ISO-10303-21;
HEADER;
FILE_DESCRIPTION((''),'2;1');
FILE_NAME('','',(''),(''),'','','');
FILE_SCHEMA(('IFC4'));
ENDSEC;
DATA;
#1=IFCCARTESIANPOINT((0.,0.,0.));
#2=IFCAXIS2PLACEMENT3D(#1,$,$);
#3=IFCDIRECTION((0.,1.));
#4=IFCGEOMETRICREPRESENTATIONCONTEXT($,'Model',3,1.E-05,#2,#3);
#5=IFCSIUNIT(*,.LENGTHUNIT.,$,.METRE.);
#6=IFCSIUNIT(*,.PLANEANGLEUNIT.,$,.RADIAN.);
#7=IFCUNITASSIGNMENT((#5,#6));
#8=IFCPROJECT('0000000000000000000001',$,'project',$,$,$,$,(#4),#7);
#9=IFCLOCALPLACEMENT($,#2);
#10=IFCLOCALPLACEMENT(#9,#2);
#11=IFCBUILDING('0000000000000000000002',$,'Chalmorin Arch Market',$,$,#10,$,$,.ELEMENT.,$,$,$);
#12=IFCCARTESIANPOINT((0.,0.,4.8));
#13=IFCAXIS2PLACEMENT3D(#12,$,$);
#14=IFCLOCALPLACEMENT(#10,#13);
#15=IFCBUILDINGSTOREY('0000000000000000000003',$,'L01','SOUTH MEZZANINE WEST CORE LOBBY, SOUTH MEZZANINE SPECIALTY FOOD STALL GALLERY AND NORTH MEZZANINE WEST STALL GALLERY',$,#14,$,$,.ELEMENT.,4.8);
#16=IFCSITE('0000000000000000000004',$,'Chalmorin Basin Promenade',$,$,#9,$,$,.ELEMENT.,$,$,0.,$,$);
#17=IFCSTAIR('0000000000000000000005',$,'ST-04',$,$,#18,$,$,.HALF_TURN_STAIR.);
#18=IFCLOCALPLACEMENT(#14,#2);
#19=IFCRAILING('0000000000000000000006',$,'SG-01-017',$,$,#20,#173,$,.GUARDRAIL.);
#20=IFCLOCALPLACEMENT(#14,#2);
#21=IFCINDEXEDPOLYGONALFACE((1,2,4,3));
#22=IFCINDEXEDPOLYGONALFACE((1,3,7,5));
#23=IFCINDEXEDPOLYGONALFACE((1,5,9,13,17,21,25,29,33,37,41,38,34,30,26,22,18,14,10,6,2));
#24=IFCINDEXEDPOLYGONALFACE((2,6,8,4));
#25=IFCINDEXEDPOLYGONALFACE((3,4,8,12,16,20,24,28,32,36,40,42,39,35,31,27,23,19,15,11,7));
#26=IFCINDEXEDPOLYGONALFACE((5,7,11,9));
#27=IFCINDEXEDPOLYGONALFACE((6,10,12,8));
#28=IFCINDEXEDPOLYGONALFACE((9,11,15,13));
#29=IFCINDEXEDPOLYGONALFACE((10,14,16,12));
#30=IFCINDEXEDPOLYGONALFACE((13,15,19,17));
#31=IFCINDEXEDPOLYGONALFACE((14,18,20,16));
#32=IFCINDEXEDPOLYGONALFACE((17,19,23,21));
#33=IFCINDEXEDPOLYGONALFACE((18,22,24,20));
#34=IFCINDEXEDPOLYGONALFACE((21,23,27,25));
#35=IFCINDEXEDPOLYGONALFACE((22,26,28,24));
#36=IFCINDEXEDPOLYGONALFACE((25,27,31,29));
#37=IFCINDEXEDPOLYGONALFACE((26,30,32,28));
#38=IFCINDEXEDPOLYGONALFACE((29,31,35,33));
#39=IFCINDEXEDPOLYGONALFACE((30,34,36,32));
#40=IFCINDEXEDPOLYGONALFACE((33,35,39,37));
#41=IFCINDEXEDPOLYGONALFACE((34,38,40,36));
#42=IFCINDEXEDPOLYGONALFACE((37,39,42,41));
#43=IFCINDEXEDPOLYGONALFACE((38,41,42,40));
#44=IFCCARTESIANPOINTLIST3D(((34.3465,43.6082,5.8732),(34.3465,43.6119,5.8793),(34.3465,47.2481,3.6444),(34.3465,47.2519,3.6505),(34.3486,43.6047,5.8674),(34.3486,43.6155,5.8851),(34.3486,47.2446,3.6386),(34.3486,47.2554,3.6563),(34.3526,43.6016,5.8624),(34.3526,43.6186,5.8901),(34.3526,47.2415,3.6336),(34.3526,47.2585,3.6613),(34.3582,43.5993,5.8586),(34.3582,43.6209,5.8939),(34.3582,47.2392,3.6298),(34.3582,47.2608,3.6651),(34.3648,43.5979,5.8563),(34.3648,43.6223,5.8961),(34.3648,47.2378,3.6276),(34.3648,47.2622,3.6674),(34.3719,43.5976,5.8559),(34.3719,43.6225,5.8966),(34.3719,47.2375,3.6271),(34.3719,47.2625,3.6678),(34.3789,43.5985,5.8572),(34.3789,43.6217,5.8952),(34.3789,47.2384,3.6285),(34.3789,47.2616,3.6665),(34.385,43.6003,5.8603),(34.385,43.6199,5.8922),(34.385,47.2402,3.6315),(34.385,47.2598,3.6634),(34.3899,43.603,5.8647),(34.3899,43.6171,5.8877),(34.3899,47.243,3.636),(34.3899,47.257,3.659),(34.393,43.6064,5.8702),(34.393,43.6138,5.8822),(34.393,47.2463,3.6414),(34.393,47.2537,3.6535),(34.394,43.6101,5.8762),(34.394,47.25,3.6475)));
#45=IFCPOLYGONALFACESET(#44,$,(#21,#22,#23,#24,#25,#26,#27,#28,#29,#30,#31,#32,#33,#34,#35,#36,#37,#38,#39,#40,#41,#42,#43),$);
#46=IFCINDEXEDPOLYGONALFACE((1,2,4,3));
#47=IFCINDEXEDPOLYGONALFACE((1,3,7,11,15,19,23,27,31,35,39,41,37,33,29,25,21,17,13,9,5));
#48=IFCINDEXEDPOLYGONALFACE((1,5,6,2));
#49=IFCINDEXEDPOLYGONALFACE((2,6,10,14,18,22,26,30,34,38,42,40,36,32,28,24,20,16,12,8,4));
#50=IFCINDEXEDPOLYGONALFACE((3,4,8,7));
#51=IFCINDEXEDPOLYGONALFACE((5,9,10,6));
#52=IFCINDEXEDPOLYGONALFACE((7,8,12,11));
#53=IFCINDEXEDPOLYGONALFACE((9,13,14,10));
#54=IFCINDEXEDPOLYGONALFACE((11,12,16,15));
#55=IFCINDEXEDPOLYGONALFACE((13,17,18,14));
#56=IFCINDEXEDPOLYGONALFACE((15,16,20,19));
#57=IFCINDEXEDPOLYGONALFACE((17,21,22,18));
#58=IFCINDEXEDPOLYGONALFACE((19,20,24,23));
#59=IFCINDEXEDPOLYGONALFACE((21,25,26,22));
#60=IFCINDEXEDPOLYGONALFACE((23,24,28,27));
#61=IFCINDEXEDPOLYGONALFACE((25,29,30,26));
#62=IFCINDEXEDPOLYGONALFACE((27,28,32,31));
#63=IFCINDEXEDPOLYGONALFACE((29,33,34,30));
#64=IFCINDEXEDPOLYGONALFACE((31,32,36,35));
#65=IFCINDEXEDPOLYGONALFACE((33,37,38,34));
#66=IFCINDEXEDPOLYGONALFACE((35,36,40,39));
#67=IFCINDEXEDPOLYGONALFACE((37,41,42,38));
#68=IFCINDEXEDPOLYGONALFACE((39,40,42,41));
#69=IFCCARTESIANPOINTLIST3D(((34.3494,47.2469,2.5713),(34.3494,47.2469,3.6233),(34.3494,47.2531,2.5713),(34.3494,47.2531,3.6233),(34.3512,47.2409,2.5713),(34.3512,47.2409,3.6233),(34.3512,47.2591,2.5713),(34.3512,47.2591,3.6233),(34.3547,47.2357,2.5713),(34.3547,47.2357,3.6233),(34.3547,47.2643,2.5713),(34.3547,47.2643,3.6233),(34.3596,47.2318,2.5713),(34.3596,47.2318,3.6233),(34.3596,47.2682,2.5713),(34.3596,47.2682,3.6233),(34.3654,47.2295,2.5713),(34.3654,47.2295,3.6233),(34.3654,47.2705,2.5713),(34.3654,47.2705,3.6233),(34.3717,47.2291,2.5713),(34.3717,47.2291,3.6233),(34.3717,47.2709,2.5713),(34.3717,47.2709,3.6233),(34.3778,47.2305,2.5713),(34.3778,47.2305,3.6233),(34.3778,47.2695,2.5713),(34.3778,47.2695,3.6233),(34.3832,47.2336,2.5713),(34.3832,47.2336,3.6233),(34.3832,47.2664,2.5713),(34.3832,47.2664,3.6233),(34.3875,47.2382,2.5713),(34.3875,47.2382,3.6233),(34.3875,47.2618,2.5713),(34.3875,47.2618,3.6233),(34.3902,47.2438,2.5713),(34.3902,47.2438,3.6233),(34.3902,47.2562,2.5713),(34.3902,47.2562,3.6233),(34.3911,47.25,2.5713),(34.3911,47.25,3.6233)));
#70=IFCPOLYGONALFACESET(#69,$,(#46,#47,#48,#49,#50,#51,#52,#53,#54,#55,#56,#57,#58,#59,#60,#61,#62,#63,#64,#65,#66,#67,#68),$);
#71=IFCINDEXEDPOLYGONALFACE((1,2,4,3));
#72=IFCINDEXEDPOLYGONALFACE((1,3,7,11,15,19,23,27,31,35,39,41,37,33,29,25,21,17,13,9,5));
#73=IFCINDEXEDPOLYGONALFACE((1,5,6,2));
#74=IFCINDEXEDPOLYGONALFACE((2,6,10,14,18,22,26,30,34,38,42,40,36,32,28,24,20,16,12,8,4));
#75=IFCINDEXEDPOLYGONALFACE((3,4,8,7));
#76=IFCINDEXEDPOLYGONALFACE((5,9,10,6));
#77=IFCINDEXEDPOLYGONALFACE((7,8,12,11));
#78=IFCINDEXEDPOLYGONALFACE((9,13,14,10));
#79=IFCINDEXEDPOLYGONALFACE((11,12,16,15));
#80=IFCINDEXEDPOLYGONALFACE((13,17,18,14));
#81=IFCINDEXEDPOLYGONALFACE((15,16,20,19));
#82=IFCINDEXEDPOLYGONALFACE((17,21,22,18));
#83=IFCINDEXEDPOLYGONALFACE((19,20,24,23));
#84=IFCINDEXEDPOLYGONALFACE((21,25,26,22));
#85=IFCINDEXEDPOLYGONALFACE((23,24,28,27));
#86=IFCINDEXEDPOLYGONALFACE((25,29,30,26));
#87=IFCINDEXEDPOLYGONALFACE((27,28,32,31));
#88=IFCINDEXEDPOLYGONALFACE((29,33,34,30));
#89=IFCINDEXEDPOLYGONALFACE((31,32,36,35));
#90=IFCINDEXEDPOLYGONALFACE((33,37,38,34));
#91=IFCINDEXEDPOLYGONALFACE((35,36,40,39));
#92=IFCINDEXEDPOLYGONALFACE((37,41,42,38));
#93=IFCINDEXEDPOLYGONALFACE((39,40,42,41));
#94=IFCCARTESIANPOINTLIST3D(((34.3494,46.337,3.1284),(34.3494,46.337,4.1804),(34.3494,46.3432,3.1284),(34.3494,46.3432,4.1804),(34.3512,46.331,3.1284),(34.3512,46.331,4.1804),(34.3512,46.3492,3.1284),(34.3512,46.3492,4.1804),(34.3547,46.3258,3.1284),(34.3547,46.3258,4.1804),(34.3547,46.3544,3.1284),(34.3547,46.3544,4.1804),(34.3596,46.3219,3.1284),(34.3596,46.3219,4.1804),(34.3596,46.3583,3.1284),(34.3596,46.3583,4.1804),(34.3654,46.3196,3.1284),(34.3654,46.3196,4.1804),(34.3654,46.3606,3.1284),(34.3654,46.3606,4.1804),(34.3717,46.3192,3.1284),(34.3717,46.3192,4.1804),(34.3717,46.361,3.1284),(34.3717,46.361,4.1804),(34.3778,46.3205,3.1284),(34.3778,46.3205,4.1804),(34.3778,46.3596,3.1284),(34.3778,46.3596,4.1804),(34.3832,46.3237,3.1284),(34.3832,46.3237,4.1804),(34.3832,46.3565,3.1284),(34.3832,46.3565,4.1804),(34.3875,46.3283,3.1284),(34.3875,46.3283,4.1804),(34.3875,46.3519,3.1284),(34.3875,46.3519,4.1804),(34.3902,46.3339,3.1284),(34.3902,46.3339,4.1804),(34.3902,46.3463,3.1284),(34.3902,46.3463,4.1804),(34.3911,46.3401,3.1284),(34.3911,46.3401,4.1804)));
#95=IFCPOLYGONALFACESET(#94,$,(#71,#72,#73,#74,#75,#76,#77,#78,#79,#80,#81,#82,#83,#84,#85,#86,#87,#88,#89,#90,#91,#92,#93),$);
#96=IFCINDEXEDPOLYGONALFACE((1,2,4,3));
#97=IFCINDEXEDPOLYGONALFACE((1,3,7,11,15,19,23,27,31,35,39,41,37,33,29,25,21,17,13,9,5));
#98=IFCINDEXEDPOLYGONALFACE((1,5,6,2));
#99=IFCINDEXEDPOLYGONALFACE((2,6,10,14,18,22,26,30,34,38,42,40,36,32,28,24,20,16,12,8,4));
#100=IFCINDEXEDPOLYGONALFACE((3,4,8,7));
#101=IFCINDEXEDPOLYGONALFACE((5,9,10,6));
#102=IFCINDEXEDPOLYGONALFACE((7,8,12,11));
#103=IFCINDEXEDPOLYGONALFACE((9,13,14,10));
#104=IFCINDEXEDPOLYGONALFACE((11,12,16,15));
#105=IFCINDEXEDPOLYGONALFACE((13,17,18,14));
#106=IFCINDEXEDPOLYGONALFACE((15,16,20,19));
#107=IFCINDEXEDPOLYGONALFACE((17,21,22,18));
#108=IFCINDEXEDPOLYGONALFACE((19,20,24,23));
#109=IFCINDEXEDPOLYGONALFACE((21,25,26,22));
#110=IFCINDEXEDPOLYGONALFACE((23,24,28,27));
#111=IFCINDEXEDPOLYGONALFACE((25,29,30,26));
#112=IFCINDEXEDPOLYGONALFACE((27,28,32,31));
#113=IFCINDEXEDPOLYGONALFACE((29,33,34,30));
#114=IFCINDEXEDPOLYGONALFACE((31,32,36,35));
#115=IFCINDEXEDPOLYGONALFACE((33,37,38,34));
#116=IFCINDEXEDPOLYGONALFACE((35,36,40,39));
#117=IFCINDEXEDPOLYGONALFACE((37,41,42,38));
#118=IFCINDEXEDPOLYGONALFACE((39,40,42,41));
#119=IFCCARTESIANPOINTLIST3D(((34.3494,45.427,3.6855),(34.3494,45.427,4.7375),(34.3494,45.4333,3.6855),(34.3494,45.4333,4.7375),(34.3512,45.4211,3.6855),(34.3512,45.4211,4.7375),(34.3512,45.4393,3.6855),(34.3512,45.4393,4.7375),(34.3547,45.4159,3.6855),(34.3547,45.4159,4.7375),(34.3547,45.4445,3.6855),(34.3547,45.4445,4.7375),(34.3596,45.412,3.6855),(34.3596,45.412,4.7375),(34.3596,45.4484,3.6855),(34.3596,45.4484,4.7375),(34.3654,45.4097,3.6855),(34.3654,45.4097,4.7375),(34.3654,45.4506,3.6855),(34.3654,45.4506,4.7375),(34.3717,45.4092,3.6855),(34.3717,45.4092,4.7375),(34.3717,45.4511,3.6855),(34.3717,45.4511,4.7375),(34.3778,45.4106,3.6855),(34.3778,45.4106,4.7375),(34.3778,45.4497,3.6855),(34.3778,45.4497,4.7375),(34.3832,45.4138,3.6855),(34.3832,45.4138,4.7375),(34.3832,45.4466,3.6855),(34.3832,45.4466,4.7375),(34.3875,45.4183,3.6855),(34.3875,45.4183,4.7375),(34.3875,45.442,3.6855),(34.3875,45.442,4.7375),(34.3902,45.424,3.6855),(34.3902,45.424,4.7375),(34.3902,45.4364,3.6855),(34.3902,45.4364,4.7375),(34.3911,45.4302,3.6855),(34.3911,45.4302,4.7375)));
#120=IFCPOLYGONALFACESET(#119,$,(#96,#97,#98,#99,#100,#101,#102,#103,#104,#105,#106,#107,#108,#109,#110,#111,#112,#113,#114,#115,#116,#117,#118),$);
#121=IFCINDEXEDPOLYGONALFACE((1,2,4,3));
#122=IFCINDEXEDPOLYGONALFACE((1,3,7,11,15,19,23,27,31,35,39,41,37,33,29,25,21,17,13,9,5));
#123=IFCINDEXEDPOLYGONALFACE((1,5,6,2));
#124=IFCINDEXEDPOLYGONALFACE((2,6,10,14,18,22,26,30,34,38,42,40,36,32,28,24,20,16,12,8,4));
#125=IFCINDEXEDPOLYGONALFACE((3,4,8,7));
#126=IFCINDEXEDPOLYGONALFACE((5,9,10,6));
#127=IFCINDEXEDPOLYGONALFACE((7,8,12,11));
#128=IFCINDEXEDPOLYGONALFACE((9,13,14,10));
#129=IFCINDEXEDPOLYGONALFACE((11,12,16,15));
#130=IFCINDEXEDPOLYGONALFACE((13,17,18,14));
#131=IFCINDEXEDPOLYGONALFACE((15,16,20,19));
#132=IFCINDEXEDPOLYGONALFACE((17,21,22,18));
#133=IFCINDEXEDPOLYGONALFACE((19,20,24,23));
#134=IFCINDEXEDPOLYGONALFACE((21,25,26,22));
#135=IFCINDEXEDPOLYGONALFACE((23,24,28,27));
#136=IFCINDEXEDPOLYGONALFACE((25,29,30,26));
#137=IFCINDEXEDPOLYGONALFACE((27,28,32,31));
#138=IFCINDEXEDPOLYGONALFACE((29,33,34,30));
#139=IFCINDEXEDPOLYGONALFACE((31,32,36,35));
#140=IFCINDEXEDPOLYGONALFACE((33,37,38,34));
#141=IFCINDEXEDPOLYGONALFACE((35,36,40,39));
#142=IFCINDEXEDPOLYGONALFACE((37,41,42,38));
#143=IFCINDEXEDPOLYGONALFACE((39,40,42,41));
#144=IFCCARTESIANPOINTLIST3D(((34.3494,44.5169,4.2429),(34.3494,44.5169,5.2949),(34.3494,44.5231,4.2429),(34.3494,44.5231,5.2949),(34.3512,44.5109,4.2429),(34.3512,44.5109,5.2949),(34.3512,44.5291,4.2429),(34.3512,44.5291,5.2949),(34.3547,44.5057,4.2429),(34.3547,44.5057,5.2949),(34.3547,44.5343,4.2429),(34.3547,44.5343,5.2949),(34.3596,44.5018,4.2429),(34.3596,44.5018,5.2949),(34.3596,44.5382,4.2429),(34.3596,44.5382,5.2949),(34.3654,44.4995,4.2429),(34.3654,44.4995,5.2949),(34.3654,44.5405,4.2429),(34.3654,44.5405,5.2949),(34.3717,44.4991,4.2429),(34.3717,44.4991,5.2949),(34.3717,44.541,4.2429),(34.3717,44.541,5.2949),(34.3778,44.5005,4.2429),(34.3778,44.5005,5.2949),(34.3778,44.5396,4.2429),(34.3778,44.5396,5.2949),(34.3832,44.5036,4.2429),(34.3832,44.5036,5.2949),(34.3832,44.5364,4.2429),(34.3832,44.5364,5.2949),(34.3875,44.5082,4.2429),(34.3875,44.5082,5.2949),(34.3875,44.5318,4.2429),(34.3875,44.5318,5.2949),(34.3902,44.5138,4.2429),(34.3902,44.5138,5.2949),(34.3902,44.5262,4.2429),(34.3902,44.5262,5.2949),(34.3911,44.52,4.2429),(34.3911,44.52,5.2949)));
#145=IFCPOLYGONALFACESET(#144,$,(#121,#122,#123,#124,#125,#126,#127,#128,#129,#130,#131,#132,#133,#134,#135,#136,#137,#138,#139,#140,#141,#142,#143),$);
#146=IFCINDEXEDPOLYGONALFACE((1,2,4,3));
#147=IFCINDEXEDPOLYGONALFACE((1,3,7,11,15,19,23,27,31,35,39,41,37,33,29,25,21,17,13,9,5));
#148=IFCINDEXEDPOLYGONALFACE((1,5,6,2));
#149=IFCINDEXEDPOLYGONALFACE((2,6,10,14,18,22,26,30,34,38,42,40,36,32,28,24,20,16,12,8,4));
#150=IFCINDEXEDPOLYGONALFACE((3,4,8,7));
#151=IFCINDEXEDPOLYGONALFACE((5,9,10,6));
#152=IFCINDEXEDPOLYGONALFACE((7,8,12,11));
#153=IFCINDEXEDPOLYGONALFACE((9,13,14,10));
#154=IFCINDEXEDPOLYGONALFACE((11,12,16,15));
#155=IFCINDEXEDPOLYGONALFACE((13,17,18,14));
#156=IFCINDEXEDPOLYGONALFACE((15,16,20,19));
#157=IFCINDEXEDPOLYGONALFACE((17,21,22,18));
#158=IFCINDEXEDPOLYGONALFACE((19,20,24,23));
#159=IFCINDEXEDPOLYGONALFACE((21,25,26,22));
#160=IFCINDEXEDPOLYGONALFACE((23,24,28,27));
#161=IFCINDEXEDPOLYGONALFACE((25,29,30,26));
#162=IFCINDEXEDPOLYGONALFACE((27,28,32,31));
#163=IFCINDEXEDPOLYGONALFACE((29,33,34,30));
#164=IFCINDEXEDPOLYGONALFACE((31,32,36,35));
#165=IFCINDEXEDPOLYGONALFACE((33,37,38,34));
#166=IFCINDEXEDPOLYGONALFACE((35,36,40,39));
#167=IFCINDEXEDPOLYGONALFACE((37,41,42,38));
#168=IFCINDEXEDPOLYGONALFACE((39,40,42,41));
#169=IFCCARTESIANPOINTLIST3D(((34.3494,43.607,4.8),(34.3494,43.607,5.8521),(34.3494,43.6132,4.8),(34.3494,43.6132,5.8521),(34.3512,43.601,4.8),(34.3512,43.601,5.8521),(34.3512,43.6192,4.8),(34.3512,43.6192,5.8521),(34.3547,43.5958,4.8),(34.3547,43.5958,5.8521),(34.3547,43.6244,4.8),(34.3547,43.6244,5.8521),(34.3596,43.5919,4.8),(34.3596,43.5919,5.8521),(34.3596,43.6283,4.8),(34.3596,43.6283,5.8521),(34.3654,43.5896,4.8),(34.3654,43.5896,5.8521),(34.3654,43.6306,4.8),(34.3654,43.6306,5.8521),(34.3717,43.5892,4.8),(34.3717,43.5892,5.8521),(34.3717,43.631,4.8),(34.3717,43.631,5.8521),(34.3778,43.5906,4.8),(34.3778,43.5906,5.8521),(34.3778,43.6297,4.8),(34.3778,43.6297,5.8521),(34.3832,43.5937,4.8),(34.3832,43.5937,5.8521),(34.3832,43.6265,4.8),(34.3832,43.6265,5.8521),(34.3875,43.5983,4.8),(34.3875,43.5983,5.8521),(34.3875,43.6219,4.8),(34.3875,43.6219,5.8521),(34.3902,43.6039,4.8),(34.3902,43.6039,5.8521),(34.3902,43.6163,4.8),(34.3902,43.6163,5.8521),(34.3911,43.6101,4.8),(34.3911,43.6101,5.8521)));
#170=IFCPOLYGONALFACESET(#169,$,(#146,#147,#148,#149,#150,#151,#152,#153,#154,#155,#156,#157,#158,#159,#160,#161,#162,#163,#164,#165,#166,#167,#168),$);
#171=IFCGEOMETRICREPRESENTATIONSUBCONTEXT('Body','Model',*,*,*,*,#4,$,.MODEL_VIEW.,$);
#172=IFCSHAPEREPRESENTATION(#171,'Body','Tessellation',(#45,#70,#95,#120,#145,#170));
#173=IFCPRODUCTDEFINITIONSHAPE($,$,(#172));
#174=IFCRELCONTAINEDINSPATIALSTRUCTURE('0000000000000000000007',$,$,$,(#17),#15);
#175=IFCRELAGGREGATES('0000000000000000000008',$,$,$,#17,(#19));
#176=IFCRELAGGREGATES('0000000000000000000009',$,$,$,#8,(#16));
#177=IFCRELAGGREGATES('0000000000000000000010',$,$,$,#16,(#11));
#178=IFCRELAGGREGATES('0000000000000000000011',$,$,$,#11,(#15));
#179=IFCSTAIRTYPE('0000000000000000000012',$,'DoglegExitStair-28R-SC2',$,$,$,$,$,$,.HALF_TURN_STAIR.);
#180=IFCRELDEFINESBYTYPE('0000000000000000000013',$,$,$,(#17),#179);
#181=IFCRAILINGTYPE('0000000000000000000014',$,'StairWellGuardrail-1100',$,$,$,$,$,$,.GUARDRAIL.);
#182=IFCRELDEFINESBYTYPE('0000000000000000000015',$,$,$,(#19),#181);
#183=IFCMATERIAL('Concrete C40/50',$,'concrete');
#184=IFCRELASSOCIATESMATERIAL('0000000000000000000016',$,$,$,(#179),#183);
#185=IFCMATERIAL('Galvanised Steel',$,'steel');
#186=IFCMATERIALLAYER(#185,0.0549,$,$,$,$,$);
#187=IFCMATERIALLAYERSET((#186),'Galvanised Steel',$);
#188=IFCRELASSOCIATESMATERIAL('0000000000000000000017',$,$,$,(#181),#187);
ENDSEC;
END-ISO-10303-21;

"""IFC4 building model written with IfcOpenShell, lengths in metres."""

from ifc_helpers import new_model, si_unit, direction, frame, origin, origin_2d, place, context, subcontext, project, spatial, circle, extrude, material, layer, layer_set, type_object, element, aggregate, save


model = new_model("IFC4")

# Units and contexts
model_context = context("Model", 3, precision=1e-05, world=origin(), true_north=direction((0.0, 1.0)))
body_context = subcontext(model_context, "Body", "Model", "MODEL_VIEW")
ifc_project = project(units=[si_unit("LENGTHUNIT", "METRE"), si_unit("PLANEANGLEUNIT", "RADIAN")], contexts=[model_context])

# Site, building, storey
site_placement = place(None, origin())
site = spatial("IfcSite", under=ifc_project, at=site_placement, Name="Chalmorin Basin Promenade", CompositionType="ELEMENT", RefElevation=0.0)
building_placement = place(site_placement, origin())
building = spatial("IfcBuilding", under=site, at=building_placement, Name="Chalmorin Arch Market", CompositionType="ELEMENT")
storey_placement = place(building_placement, frame((0.0, 0.0, 4.8)))
storey = spatial("IfcBuildingStorey", under=building, at=storey_placement, Name="L01", Description="SOUTH MEZZANINE WEST CORE LOBBY, SOUTH MEZZANINE SPECIALTY FOOD STALL GALLERY AND NORTH MEZZANINE WEST STALL GALLERY", CompositionType="ELEMENT", Elevation=4.8)

# Shared definitions
ifc_material_1 = material(Name="Concrete C40/50", Category="concrete")

# Stair, railing
stair_type = type_object("IfcStairType", Name="DoglegExitStair-28R-SC2", PredefinedType="HALF_TURN_STAIR", material=ifc_material_1)
stair_placement = place(storey_placement, origin())
stair = element("IfcStair", 1, at=stair_placement, inside=storey, type_object=stair_type, Name="ST-04", PredefinedType="HALF_TURN_STAIR")
ifc_material_2 = material(Name="Galvanised Steel", Category="steel")
ifc_layer_1 = layer(ifc_material_2, 0.0549)
ifc_layer_set_1 = layer_set([ifc_layer_1], Name="Galvanised Steel")
railing_type_1 = type_object("IfcRailingType", Name="StairWellGuardrail-1100", PredefinedType="GUARDRAIL", material=ifc_layer_set_1)
railing_1_placement = place(storey_placement, frame((34.3701, 47.25, 2.5713)))
railing_1 = element("IfcRailing", 2, at=railing_1_placement, type_object=railing_type_1, Name="SG-01-017", PredefinedType="GUARDRAIL", context=body_context, shape_type="SweptSolid", body=[
    extrude(circle(Radius=0.0239, at=origin_2d()), frame((0.0, 0.0, 1.0762), z_axis=(0.0, -0.852825, 0.522197), x_axis=(1.0, 0.0, 0.0)), (0.0, 0.0, 1.0), 4.2681),
    extrude(circle(Radius=0.021, at=origin_2d()), origin(), (0.0, 0.0, 1.0), 1.052),
    extrude(circle(Radius=0.021, at=origin_2d()), frame((0.0, -0.9099, 0.5571)), (0.0, 0.0, 1.0), 1.052),
    extrude(circle(Radius=0.021, at=origin_2d()), frame((0.0, -1.8198, 1.1143)), (0.0, 0.0, 1.0), 1.052),
    extrude(circle(Radius=0.021, at=origin_2d()), frame((0.0, -2.73, 1.6716)), (0.0, 0.0, 1.0), 1.052),
    extrude(circle(Radius=0.021, at=origin_2d()), frame((0.0, -3.6399, 2.2288)), (0.0, 0.0, 1.0), 1.052),
])
aggregate(stair, [railing_1])

save(model, "model.ifc")
